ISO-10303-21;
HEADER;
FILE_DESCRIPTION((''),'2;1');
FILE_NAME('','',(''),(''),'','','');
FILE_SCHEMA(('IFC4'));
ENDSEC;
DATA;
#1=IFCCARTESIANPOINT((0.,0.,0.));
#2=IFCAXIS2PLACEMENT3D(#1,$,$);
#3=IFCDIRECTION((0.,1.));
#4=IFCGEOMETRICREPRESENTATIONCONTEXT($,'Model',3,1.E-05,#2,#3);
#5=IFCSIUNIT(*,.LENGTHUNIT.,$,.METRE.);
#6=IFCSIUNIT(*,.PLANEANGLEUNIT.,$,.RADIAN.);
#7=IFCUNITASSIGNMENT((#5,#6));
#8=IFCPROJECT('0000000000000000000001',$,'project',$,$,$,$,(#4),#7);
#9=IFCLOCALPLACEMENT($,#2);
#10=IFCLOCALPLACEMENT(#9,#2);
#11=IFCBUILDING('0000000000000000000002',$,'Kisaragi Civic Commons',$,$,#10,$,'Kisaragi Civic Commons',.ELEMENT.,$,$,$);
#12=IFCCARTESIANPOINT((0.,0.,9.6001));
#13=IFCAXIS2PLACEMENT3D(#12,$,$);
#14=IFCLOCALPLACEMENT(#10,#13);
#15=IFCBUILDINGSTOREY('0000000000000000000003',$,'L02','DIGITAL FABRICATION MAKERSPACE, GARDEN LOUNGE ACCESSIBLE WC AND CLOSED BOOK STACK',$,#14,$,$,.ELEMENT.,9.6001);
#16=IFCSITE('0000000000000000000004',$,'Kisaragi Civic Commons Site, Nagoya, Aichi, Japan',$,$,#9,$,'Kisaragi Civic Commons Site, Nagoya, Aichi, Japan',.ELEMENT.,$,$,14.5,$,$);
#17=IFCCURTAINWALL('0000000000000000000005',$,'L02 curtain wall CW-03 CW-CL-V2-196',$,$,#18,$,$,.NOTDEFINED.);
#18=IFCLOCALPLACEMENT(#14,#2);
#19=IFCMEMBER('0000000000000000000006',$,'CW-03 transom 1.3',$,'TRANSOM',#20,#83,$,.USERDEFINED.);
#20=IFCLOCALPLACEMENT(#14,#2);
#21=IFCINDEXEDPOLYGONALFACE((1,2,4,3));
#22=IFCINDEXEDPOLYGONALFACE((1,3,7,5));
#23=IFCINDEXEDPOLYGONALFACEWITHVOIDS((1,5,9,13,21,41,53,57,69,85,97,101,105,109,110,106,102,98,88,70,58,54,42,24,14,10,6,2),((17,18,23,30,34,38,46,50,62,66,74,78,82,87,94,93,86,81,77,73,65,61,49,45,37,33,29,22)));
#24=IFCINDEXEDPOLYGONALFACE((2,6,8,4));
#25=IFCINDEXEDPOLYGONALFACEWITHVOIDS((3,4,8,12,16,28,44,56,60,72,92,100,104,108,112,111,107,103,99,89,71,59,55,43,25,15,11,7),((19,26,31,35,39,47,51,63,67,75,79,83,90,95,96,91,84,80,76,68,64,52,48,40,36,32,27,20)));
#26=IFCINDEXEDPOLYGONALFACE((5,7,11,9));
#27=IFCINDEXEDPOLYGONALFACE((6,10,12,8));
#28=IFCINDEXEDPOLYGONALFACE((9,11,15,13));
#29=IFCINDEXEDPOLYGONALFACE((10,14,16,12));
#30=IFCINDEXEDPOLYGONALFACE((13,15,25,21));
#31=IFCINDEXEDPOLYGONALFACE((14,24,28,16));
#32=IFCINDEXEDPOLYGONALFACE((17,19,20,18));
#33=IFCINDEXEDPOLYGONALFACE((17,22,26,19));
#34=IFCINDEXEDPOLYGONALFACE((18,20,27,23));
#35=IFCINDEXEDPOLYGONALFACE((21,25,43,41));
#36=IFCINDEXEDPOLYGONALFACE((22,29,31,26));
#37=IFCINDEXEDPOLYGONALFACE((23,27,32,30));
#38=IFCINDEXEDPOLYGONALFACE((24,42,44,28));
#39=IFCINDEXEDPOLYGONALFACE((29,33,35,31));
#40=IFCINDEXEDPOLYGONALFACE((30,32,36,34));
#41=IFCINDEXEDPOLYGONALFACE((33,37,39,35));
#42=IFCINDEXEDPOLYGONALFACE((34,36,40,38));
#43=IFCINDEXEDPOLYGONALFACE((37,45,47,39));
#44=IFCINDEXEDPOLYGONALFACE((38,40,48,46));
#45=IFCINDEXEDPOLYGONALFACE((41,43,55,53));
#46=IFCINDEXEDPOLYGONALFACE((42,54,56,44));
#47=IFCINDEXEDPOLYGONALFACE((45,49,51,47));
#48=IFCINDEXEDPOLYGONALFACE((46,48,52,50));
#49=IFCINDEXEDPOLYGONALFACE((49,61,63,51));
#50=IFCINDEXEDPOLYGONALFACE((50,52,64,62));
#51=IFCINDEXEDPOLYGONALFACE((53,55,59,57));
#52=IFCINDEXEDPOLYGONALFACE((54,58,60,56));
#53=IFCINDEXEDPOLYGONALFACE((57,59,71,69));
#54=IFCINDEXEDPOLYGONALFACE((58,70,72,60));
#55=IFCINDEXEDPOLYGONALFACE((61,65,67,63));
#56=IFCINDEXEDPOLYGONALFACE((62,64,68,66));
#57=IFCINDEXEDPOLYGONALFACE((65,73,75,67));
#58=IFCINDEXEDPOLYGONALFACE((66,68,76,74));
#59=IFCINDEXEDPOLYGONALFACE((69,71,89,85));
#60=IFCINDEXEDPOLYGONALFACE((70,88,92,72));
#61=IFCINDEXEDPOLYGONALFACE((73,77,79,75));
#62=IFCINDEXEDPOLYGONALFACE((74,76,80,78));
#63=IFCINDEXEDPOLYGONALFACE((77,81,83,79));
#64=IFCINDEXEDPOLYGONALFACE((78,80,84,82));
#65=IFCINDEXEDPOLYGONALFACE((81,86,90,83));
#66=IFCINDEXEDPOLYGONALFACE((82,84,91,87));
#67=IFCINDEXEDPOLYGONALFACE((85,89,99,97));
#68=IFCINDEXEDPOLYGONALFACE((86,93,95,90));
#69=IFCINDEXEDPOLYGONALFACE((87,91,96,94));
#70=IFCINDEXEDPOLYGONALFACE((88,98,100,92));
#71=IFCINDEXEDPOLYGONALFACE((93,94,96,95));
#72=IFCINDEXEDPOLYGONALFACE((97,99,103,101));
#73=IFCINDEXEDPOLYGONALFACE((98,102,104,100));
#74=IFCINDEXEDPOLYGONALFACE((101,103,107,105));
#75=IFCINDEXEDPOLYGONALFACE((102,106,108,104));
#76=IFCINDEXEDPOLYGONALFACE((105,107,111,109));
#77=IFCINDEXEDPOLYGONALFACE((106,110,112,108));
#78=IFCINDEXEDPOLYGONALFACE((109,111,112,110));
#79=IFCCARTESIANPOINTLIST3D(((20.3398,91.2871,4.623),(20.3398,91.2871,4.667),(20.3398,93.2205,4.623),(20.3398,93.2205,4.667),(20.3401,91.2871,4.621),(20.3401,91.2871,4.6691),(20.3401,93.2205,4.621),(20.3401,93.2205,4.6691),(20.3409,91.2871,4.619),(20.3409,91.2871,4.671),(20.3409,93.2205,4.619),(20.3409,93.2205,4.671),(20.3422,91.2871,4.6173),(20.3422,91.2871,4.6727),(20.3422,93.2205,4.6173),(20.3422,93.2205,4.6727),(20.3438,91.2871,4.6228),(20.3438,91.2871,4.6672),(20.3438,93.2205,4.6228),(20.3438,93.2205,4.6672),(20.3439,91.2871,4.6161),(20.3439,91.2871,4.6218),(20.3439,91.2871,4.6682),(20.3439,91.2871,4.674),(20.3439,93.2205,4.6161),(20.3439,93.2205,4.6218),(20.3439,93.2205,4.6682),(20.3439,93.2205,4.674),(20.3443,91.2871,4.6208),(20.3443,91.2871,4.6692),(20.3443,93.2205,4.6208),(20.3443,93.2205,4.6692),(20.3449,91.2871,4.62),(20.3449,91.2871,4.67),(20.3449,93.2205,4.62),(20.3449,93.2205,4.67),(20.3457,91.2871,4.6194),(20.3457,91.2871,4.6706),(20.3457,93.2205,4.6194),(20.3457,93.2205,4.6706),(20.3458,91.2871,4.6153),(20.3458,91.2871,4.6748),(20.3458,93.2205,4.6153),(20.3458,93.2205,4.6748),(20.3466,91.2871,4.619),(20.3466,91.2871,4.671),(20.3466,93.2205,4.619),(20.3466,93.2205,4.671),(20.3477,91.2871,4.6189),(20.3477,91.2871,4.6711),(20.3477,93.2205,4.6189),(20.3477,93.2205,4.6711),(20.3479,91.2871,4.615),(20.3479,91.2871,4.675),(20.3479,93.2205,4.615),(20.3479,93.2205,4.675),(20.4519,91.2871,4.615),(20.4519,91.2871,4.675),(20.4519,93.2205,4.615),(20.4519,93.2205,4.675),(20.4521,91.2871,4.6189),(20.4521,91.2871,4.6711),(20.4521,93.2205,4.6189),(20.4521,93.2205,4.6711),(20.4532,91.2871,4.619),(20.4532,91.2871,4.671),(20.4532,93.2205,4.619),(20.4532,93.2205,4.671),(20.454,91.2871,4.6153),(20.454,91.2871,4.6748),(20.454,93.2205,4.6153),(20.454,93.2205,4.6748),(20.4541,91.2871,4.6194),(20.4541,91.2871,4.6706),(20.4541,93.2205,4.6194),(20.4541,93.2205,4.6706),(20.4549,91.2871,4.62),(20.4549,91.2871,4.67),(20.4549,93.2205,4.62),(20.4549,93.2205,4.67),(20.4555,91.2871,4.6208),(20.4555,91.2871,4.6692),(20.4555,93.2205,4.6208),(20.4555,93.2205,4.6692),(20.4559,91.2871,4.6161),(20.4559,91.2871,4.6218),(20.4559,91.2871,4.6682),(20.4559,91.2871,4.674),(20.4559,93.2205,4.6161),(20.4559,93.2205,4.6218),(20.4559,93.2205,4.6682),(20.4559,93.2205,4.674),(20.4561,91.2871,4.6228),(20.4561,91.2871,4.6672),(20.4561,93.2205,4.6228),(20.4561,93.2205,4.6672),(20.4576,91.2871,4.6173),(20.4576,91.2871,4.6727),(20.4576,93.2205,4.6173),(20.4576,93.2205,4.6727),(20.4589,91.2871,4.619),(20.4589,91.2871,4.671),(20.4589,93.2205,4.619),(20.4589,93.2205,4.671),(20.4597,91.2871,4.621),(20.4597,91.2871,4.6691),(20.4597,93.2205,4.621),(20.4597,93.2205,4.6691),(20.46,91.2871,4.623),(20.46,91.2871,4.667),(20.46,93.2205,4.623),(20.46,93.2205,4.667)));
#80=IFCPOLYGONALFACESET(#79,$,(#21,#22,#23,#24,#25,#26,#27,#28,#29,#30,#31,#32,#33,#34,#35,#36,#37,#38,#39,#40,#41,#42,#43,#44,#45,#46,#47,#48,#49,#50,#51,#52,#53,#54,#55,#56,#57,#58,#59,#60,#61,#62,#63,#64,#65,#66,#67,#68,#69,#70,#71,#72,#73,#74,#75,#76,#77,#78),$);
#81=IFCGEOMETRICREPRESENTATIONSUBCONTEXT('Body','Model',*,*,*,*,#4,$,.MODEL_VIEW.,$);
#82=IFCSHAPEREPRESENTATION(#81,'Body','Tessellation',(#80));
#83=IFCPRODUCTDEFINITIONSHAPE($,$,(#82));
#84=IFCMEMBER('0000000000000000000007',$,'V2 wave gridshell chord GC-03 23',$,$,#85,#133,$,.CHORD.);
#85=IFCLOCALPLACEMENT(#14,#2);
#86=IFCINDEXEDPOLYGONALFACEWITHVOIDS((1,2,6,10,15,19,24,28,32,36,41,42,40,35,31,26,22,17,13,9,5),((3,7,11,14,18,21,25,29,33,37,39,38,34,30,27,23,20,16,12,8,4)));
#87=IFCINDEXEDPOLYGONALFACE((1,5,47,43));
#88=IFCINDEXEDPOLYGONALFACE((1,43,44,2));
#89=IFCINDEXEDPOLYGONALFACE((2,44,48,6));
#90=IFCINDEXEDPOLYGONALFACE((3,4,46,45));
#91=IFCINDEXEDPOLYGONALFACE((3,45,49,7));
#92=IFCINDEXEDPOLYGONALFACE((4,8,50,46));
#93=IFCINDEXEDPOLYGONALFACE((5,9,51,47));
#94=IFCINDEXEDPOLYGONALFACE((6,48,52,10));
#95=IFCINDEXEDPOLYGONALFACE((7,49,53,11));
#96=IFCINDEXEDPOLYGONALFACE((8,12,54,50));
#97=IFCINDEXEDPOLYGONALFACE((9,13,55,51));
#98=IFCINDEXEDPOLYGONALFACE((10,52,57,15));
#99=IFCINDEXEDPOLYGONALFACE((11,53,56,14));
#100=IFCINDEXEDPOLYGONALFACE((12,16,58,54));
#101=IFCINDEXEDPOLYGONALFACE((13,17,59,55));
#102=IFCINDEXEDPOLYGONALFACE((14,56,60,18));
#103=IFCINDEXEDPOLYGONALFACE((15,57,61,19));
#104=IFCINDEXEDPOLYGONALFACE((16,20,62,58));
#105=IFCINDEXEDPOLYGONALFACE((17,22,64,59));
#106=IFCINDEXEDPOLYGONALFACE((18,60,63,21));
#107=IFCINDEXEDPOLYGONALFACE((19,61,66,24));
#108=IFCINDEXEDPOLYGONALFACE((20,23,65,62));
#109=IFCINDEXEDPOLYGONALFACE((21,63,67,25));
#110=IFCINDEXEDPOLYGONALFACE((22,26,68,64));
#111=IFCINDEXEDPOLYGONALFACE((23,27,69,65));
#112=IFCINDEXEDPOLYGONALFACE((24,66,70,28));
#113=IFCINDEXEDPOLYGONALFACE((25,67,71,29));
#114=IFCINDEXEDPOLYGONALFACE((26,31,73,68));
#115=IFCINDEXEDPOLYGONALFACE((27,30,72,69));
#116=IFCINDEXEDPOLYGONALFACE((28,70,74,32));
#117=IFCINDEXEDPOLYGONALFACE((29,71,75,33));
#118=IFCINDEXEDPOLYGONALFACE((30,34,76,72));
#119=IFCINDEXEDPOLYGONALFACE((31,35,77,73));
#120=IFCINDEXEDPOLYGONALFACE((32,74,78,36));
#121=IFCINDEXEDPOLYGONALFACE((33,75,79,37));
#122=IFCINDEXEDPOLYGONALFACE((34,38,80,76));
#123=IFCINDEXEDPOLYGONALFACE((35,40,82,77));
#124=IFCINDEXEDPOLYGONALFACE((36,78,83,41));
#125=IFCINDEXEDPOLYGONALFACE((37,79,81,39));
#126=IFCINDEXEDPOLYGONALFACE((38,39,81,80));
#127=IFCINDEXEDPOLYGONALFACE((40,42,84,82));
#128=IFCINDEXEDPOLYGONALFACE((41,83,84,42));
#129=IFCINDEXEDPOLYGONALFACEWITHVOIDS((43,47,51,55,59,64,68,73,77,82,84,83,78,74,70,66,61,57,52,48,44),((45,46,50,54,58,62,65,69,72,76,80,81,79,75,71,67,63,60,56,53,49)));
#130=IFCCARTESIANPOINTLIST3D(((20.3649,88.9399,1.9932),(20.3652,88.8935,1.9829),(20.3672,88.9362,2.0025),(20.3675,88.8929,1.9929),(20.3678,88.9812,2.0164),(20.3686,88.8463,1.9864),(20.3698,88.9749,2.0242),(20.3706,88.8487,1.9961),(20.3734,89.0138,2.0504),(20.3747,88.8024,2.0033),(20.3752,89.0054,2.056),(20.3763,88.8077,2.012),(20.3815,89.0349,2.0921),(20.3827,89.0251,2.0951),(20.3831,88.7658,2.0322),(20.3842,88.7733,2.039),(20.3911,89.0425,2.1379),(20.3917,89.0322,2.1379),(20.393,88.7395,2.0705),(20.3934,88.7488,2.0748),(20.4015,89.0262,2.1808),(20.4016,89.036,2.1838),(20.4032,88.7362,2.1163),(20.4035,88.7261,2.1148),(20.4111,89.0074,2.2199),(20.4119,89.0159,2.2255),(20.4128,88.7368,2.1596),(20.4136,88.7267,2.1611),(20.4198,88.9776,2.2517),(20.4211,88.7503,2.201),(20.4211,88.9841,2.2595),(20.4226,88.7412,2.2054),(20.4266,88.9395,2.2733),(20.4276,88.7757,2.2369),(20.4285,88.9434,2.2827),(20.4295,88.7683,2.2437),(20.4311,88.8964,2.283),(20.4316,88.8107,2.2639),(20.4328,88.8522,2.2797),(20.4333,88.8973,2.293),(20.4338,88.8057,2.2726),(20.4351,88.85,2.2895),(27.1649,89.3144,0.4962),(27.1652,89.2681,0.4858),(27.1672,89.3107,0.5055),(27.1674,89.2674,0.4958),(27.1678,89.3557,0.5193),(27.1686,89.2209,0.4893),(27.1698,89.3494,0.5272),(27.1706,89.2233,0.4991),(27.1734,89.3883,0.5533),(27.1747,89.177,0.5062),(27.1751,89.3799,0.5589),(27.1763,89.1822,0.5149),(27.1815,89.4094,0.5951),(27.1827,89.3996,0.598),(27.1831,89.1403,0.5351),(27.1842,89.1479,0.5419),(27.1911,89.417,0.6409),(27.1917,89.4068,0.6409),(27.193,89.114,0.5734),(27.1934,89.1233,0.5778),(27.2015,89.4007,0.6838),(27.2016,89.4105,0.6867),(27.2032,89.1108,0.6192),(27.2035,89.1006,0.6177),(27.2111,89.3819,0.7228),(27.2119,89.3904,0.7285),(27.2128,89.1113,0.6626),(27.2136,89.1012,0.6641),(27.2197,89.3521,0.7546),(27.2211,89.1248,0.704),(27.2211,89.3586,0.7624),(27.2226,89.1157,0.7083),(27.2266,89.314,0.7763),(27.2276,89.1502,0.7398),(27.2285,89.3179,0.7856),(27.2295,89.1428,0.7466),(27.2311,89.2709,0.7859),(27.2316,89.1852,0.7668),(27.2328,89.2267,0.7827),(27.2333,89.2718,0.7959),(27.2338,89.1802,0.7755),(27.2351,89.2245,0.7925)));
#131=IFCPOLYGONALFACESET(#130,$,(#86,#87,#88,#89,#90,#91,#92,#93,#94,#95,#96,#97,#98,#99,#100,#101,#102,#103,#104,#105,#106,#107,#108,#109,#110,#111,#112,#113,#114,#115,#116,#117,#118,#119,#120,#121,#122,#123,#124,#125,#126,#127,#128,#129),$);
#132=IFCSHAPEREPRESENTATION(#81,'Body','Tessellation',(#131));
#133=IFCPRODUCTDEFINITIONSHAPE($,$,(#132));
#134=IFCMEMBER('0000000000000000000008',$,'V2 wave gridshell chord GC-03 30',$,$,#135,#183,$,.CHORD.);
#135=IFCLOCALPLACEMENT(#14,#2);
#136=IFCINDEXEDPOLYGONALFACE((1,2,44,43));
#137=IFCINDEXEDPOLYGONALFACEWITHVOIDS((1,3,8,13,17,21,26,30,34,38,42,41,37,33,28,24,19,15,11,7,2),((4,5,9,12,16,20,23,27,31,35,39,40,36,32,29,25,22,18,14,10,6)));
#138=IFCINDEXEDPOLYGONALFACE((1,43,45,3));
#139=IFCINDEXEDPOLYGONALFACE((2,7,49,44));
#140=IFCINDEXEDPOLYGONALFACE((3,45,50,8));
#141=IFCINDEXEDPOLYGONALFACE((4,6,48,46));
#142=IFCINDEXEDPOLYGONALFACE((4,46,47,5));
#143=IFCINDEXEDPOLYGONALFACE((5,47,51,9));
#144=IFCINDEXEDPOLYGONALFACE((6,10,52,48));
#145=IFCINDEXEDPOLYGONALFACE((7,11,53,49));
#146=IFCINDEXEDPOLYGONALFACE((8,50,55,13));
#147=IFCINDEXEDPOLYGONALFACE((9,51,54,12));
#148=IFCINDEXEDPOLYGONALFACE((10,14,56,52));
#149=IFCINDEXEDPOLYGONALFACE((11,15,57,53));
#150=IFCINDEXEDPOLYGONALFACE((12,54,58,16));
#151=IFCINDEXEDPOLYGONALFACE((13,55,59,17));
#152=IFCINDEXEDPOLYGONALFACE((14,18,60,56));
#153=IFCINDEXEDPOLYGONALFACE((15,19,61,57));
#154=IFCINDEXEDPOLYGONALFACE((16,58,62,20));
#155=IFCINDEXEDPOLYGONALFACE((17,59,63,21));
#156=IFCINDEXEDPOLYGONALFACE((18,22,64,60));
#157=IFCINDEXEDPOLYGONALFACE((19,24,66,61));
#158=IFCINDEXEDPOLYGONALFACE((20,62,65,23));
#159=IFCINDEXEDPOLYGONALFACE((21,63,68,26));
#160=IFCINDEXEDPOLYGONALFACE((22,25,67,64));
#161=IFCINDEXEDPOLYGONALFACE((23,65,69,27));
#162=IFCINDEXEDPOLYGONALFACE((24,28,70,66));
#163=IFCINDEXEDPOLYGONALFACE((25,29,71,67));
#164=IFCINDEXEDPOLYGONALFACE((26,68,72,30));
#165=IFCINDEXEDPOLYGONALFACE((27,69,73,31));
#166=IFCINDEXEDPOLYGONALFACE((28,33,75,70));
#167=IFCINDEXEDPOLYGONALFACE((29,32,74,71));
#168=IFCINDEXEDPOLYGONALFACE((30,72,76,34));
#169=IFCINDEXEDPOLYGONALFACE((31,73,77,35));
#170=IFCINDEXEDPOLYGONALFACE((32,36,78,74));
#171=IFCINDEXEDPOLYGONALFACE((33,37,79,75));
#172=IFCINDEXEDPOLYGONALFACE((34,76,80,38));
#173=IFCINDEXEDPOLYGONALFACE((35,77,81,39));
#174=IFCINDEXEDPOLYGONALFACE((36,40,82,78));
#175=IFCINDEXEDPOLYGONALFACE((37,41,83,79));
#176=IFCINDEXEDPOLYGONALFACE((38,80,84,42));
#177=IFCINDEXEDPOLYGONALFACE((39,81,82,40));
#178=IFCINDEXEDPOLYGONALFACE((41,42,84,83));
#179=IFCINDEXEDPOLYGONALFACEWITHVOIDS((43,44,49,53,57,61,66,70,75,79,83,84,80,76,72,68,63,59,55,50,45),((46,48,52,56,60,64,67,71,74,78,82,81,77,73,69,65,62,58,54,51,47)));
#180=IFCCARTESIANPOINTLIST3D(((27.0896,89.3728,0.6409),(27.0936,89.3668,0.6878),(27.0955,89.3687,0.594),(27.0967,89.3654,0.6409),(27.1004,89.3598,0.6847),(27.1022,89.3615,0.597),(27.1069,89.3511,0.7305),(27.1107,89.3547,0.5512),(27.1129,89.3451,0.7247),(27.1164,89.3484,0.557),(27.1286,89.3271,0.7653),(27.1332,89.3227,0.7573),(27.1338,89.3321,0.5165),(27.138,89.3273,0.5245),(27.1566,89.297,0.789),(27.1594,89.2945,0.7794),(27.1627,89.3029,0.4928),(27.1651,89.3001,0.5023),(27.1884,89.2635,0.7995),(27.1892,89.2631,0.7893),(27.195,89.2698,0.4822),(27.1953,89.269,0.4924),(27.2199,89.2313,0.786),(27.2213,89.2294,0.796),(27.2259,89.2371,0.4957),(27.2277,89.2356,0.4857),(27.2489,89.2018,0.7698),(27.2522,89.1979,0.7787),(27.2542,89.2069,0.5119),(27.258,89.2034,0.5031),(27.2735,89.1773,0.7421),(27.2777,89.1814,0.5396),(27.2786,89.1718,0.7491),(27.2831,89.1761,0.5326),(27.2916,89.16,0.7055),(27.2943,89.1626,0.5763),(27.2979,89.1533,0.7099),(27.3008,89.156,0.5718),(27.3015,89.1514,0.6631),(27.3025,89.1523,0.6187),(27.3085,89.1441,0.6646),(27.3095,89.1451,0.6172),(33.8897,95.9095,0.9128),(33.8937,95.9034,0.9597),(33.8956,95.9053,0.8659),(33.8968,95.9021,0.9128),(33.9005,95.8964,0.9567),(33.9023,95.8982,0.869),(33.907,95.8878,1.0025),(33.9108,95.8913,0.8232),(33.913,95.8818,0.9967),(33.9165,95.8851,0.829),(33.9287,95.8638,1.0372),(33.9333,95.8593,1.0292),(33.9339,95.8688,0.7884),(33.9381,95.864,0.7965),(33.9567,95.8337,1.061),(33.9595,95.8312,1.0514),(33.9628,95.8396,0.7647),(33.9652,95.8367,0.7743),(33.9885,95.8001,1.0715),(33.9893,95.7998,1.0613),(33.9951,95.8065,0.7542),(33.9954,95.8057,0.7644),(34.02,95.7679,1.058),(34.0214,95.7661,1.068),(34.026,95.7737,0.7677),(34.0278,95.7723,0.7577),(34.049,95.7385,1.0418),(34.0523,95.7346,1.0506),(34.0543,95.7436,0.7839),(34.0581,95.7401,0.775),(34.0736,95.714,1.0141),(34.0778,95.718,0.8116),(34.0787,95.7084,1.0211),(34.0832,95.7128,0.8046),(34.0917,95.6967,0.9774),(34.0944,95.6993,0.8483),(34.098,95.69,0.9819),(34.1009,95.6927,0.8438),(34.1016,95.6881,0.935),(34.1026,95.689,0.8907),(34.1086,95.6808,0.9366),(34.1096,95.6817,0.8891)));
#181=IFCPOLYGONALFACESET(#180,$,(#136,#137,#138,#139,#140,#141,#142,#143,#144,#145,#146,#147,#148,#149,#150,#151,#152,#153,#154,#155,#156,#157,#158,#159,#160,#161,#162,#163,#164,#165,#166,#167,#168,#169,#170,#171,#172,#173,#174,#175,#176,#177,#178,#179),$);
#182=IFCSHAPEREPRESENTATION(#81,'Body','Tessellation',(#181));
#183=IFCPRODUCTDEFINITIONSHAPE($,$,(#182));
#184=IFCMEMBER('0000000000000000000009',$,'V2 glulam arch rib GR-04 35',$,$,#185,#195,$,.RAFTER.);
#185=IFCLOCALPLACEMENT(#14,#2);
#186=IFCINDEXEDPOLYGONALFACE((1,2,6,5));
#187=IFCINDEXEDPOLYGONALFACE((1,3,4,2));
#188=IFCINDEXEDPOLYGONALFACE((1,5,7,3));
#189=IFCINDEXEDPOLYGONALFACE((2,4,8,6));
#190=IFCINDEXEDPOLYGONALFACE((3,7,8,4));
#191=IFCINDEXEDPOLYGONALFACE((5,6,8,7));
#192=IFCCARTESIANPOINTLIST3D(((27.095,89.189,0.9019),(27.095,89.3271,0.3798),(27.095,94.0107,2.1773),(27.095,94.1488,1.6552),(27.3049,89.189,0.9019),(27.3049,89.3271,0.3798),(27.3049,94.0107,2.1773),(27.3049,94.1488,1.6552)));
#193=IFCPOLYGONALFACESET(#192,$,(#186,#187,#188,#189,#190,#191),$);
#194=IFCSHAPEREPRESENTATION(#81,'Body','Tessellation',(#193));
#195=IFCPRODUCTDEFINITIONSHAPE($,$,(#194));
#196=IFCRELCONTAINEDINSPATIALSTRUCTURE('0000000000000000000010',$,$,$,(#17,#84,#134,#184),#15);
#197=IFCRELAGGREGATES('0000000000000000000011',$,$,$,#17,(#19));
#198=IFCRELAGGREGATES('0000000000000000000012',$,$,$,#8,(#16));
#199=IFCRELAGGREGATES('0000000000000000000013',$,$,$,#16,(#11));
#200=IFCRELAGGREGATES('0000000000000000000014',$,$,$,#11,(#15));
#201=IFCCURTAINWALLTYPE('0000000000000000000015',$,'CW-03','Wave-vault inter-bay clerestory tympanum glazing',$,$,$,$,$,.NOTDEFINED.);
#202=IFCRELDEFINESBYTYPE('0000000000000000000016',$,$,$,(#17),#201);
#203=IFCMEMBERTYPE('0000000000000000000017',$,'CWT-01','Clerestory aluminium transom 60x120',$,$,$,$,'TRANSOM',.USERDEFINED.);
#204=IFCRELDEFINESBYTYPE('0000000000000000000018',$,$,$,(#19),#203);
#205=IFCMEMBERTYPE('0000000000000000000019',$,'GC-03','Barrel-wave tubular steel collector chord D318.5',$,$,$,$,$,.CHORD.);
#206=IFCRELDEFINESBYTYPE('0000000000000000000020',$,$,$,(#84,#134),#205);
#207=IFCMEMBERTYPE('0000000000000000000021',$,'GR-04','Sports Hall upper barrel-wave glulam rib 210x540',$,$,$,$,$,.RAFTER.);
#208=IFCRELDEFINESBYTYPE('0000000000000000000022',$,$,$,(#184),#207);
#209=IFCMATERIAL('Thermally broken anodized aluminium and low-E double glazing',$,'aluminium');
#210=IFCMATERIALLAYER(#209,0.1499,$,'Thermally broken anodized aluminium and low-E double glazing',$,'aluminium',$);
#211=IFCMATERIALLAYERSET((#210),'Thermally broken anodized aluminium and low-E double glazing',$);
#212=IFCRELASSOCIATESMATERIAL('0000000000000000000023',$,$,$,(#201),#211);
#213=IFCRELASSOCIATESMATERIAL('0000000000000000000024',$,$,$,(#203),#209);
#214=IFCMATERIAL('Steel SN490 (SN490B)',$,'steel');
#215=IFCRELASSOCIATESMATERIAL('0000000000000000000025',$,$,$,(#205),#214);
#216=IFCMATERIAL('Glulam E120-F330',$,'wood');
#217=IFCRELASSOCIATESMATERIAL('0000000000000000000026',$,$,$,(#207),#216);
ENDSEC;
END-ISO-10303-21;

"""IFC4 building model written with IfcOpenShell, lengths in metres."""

from ifc_helpers import new_model, si_unit, direction, frame, origin, origin_2d, place, context, subcontext, project, spatial, rectangle, hollow_rectangle, hollow_circle, extrude, material, layer, layer_set, material_profile, profile_set, type_object, element, aggregate, save


model = new_model("IFC4")

# Units and contexts
model_context = context("Model", 3, precision=1e-05, world=origin(), true_north=direction((0.0, 1.0)))
body_context = subcontext(model_context, "Body", "Model", "MODEL_VIEW")
ifc_project = project(units=[si_unit("LENGTHUNIT", "METRE"), si_unit("PLANEANGLEUNIT", "RADIAN")], contexts=[model_context])

# Site, building, storey
site_placement = place(None, origin())
site = spatial("IfcSite", under=ifc_project, at=site_placement, Name="Kisaragi Civic Commons Site, Nagoya, Aichi, Japan", LongName="Kisaragi Civic Commons Site, Nagoya, Aichi, Japan", CompositionType="ELEMENT", RefElevation=14.5)
building_placement = place(site_placement, origin())
building = spatial("IfcBuilding", under=site, at=building_placement, Name="Kisaragi Civic Commons", LongName="Kisaragi Civic Commons", CompositionType="ELEMENT")
storey_placement = place(building_placement, frame((0.0, 0.0, 9.6001)))
storey = spatial("IfcBuildingStorey", under=building, at=storey_placement, Name="L02", Description="DIGITAL FABRICATION MAKERSPACE, GARDEN LOUNGE ACCESSIBLE WC AND CLOSED BOOK STACK", CompositionType="ELEMENT", Elevation=9.6001)

# Shared definitions
ifc_material_1 = material(Name="Thermally broken anodized aluminium and low-E double glazing", Category="aluminium")
ifc_layer_1 = layer(ifc_material_1, 0.1499, Name="Thermally broken anodized aluminium and low-E double glazing", Category="aluminium")
ifc_layer_set_1 = layer_set([ifc_layer_1], Name="Thermally broken anodized aluminium and low-E double glazing")
curtain_wall_type = type_object("IfcCurtainWallType", Name="CW-03", Description="Wave-vault inter-bay clerestory tympanum glazing", PredefinedType="NOTDEFINED", material=ifc_layer_set_1)

# Curtain wall
curtain_wall_1_placement = place(storey_placement, origin())
curtain_wall_1 = element("IfcCurtainWall", 1, at=curtain_wall_1_placement, inside=storey, type_object=curtain_wall_type, Name="L02 curtain wall CW-03 CW-CL-V2-196", PredefinedType="NOTDEFINED")

# Member
ifc_material_profile_1 = material_profile(ifc_material_1, hollow_rectangle(XDim=0.1201, YDim=0.0601, WallThickness=0.0039, InnerFilletRadius=0.0039, OuterFilletRadius=0.0081, at=origin_2d()), Name="CWT-60x120x4", Category="aluminium")
ifc_profile_set_1 = profile_set([ifc_material_profile_1], Name="Thermally broken anodized aluminium and low-E double glazing")
member_type_1 = type_object("IfcMemberType", Name="CWT-01", Description="Clerestory aluminium transom 60x120", ElementType="TRANSOM", PredefinedType="USERDEFINED", material=ifc_profile_set_1)
member_1_placement = place(storey_placement, frame((20.3999, 91.2871, 4.645), z_axis=(0.0, 1.0, 0.0), x_axis=(-1.0, 0.0, 0.0)))
member_1 = element("IfcMember", 2, at=member_1_placement, type_object=member_type_1, Name="CW-03 transom 1.3", ObjectType="TRANSOM", PredefinedType="USERDEFINED", context=body_context, shape_type="SweptSolid", body=[
    extrude(hollow_rectangle(XDim=0.1201, YDim=0.0601, WallThickness=0.0039, InnerFilletRadius=0.0039, OuterFilletRadius=0.0081, at=origin_2d()), origin(), (0.0, 0.0, 1.0), 1.9333),
])
aggregate(curtain_wall_1, [member_1])

# Members
ifc_material_2 = material(Name="Steel SN490 (SN490B)", Category="steel")
ifc_material_profile_2 = material_profile(ifc_material_2, hollow_circle(Radius=0.1592, WallThickness=0.0103, at=origin_2d()), Name="CHS-318.5x10.3", Category="steel")
ifc_profile_set_2 = profile_set([ifc_material_profile_2], Name="Steel SN490 (SN490B)")
member_type_2 = type_object("IfcMemberType", Name="GC-03", Description="Barrel-wave tubular steel collector chord D318.5", PredefinedType="CHORD", material=ifc_profile_set_2)
member_2_placement = place(storey_placement, frame((20.3999, 88.8835, 2.1379), z_axis=(0.975203, 0.053709, -0.214697), x_axis=(-0.054992, 0.998487, 0.0)))
element("IfcMember", 3, at=member_2_placement, inside=storey, type_object=member_type_2, Name="V2 wave gridshell chord GC-03 23", PredefinedType="CHORD", context=body_context, shape_type="SweptSolid", body=[
    extrude(hollow_circle(Radius=0.1592, WallThickness=0.0103, at=origin_2d()), origin(), (0.0, 0.0, 1.0), 6.9729),
])
member_3_placement = place(storey_placement, frame((27.2, 89.2581, 0.6409), z_axis=(0.720634, 0.692717, 0.028822), x_axis=(-0.693005, 0.720933, 0.0)))
element("IfcMember", 4, at=member_3_placement, inside=storey, type_object=member_type_2, Name="V2 wave gridshell chord GC-03 30", PredefinedType="CHORD", context=body_context, shape_type="SweptSolid", body=[
    extrude(hollow_circle(Radius=0.1592, WallThickness=0.0103, at=origin_2d()), origin(), (0.0, 0.0, 1.0), 9.4363),
])
ifc_material_3 = material(Name="Glulam E120-F330", Category="wood")
ifc_material_profile_3 = material_profile(ifc_material_3, rectangle(XDim=0.21, YDim=0.54, at=origin_2d()), Name="GL-210x540", Category="wood")
ifc_profile_set_3 = profile_set([ifc_material_profile_3], Name="Glulam E120-F330")
member_type_3 = type_object("IfcMemberType", Name="GR-04", Description="Sports Hall upper barrel-wave glulam rib 210x540", PredefinedType="RAFTER", material=ifc_profile_set_3)
member_4_placement = place(storey_placement, frame((27.2, 89.2581, 0.6409), z_axis=(0.0, 0.966753, 0.255712), x_axis=(-1.0, 0.0, 0.0)))
element("IfcMember", 5, at=member_4_placement, inside=storey, type_object=member_type_3, Name="V2 glulam arch rib GR-04 35", PredefinedType="RAFTER", context=body_context, shape_type="SweptSolid", body=[
    extrude(rectangle(XDim=0.21, YDim=0.54, at=origin_2d()), origin(), (0.0, 0.0, 1.0), 4.9875),
])

save(model, "model.ifc")
